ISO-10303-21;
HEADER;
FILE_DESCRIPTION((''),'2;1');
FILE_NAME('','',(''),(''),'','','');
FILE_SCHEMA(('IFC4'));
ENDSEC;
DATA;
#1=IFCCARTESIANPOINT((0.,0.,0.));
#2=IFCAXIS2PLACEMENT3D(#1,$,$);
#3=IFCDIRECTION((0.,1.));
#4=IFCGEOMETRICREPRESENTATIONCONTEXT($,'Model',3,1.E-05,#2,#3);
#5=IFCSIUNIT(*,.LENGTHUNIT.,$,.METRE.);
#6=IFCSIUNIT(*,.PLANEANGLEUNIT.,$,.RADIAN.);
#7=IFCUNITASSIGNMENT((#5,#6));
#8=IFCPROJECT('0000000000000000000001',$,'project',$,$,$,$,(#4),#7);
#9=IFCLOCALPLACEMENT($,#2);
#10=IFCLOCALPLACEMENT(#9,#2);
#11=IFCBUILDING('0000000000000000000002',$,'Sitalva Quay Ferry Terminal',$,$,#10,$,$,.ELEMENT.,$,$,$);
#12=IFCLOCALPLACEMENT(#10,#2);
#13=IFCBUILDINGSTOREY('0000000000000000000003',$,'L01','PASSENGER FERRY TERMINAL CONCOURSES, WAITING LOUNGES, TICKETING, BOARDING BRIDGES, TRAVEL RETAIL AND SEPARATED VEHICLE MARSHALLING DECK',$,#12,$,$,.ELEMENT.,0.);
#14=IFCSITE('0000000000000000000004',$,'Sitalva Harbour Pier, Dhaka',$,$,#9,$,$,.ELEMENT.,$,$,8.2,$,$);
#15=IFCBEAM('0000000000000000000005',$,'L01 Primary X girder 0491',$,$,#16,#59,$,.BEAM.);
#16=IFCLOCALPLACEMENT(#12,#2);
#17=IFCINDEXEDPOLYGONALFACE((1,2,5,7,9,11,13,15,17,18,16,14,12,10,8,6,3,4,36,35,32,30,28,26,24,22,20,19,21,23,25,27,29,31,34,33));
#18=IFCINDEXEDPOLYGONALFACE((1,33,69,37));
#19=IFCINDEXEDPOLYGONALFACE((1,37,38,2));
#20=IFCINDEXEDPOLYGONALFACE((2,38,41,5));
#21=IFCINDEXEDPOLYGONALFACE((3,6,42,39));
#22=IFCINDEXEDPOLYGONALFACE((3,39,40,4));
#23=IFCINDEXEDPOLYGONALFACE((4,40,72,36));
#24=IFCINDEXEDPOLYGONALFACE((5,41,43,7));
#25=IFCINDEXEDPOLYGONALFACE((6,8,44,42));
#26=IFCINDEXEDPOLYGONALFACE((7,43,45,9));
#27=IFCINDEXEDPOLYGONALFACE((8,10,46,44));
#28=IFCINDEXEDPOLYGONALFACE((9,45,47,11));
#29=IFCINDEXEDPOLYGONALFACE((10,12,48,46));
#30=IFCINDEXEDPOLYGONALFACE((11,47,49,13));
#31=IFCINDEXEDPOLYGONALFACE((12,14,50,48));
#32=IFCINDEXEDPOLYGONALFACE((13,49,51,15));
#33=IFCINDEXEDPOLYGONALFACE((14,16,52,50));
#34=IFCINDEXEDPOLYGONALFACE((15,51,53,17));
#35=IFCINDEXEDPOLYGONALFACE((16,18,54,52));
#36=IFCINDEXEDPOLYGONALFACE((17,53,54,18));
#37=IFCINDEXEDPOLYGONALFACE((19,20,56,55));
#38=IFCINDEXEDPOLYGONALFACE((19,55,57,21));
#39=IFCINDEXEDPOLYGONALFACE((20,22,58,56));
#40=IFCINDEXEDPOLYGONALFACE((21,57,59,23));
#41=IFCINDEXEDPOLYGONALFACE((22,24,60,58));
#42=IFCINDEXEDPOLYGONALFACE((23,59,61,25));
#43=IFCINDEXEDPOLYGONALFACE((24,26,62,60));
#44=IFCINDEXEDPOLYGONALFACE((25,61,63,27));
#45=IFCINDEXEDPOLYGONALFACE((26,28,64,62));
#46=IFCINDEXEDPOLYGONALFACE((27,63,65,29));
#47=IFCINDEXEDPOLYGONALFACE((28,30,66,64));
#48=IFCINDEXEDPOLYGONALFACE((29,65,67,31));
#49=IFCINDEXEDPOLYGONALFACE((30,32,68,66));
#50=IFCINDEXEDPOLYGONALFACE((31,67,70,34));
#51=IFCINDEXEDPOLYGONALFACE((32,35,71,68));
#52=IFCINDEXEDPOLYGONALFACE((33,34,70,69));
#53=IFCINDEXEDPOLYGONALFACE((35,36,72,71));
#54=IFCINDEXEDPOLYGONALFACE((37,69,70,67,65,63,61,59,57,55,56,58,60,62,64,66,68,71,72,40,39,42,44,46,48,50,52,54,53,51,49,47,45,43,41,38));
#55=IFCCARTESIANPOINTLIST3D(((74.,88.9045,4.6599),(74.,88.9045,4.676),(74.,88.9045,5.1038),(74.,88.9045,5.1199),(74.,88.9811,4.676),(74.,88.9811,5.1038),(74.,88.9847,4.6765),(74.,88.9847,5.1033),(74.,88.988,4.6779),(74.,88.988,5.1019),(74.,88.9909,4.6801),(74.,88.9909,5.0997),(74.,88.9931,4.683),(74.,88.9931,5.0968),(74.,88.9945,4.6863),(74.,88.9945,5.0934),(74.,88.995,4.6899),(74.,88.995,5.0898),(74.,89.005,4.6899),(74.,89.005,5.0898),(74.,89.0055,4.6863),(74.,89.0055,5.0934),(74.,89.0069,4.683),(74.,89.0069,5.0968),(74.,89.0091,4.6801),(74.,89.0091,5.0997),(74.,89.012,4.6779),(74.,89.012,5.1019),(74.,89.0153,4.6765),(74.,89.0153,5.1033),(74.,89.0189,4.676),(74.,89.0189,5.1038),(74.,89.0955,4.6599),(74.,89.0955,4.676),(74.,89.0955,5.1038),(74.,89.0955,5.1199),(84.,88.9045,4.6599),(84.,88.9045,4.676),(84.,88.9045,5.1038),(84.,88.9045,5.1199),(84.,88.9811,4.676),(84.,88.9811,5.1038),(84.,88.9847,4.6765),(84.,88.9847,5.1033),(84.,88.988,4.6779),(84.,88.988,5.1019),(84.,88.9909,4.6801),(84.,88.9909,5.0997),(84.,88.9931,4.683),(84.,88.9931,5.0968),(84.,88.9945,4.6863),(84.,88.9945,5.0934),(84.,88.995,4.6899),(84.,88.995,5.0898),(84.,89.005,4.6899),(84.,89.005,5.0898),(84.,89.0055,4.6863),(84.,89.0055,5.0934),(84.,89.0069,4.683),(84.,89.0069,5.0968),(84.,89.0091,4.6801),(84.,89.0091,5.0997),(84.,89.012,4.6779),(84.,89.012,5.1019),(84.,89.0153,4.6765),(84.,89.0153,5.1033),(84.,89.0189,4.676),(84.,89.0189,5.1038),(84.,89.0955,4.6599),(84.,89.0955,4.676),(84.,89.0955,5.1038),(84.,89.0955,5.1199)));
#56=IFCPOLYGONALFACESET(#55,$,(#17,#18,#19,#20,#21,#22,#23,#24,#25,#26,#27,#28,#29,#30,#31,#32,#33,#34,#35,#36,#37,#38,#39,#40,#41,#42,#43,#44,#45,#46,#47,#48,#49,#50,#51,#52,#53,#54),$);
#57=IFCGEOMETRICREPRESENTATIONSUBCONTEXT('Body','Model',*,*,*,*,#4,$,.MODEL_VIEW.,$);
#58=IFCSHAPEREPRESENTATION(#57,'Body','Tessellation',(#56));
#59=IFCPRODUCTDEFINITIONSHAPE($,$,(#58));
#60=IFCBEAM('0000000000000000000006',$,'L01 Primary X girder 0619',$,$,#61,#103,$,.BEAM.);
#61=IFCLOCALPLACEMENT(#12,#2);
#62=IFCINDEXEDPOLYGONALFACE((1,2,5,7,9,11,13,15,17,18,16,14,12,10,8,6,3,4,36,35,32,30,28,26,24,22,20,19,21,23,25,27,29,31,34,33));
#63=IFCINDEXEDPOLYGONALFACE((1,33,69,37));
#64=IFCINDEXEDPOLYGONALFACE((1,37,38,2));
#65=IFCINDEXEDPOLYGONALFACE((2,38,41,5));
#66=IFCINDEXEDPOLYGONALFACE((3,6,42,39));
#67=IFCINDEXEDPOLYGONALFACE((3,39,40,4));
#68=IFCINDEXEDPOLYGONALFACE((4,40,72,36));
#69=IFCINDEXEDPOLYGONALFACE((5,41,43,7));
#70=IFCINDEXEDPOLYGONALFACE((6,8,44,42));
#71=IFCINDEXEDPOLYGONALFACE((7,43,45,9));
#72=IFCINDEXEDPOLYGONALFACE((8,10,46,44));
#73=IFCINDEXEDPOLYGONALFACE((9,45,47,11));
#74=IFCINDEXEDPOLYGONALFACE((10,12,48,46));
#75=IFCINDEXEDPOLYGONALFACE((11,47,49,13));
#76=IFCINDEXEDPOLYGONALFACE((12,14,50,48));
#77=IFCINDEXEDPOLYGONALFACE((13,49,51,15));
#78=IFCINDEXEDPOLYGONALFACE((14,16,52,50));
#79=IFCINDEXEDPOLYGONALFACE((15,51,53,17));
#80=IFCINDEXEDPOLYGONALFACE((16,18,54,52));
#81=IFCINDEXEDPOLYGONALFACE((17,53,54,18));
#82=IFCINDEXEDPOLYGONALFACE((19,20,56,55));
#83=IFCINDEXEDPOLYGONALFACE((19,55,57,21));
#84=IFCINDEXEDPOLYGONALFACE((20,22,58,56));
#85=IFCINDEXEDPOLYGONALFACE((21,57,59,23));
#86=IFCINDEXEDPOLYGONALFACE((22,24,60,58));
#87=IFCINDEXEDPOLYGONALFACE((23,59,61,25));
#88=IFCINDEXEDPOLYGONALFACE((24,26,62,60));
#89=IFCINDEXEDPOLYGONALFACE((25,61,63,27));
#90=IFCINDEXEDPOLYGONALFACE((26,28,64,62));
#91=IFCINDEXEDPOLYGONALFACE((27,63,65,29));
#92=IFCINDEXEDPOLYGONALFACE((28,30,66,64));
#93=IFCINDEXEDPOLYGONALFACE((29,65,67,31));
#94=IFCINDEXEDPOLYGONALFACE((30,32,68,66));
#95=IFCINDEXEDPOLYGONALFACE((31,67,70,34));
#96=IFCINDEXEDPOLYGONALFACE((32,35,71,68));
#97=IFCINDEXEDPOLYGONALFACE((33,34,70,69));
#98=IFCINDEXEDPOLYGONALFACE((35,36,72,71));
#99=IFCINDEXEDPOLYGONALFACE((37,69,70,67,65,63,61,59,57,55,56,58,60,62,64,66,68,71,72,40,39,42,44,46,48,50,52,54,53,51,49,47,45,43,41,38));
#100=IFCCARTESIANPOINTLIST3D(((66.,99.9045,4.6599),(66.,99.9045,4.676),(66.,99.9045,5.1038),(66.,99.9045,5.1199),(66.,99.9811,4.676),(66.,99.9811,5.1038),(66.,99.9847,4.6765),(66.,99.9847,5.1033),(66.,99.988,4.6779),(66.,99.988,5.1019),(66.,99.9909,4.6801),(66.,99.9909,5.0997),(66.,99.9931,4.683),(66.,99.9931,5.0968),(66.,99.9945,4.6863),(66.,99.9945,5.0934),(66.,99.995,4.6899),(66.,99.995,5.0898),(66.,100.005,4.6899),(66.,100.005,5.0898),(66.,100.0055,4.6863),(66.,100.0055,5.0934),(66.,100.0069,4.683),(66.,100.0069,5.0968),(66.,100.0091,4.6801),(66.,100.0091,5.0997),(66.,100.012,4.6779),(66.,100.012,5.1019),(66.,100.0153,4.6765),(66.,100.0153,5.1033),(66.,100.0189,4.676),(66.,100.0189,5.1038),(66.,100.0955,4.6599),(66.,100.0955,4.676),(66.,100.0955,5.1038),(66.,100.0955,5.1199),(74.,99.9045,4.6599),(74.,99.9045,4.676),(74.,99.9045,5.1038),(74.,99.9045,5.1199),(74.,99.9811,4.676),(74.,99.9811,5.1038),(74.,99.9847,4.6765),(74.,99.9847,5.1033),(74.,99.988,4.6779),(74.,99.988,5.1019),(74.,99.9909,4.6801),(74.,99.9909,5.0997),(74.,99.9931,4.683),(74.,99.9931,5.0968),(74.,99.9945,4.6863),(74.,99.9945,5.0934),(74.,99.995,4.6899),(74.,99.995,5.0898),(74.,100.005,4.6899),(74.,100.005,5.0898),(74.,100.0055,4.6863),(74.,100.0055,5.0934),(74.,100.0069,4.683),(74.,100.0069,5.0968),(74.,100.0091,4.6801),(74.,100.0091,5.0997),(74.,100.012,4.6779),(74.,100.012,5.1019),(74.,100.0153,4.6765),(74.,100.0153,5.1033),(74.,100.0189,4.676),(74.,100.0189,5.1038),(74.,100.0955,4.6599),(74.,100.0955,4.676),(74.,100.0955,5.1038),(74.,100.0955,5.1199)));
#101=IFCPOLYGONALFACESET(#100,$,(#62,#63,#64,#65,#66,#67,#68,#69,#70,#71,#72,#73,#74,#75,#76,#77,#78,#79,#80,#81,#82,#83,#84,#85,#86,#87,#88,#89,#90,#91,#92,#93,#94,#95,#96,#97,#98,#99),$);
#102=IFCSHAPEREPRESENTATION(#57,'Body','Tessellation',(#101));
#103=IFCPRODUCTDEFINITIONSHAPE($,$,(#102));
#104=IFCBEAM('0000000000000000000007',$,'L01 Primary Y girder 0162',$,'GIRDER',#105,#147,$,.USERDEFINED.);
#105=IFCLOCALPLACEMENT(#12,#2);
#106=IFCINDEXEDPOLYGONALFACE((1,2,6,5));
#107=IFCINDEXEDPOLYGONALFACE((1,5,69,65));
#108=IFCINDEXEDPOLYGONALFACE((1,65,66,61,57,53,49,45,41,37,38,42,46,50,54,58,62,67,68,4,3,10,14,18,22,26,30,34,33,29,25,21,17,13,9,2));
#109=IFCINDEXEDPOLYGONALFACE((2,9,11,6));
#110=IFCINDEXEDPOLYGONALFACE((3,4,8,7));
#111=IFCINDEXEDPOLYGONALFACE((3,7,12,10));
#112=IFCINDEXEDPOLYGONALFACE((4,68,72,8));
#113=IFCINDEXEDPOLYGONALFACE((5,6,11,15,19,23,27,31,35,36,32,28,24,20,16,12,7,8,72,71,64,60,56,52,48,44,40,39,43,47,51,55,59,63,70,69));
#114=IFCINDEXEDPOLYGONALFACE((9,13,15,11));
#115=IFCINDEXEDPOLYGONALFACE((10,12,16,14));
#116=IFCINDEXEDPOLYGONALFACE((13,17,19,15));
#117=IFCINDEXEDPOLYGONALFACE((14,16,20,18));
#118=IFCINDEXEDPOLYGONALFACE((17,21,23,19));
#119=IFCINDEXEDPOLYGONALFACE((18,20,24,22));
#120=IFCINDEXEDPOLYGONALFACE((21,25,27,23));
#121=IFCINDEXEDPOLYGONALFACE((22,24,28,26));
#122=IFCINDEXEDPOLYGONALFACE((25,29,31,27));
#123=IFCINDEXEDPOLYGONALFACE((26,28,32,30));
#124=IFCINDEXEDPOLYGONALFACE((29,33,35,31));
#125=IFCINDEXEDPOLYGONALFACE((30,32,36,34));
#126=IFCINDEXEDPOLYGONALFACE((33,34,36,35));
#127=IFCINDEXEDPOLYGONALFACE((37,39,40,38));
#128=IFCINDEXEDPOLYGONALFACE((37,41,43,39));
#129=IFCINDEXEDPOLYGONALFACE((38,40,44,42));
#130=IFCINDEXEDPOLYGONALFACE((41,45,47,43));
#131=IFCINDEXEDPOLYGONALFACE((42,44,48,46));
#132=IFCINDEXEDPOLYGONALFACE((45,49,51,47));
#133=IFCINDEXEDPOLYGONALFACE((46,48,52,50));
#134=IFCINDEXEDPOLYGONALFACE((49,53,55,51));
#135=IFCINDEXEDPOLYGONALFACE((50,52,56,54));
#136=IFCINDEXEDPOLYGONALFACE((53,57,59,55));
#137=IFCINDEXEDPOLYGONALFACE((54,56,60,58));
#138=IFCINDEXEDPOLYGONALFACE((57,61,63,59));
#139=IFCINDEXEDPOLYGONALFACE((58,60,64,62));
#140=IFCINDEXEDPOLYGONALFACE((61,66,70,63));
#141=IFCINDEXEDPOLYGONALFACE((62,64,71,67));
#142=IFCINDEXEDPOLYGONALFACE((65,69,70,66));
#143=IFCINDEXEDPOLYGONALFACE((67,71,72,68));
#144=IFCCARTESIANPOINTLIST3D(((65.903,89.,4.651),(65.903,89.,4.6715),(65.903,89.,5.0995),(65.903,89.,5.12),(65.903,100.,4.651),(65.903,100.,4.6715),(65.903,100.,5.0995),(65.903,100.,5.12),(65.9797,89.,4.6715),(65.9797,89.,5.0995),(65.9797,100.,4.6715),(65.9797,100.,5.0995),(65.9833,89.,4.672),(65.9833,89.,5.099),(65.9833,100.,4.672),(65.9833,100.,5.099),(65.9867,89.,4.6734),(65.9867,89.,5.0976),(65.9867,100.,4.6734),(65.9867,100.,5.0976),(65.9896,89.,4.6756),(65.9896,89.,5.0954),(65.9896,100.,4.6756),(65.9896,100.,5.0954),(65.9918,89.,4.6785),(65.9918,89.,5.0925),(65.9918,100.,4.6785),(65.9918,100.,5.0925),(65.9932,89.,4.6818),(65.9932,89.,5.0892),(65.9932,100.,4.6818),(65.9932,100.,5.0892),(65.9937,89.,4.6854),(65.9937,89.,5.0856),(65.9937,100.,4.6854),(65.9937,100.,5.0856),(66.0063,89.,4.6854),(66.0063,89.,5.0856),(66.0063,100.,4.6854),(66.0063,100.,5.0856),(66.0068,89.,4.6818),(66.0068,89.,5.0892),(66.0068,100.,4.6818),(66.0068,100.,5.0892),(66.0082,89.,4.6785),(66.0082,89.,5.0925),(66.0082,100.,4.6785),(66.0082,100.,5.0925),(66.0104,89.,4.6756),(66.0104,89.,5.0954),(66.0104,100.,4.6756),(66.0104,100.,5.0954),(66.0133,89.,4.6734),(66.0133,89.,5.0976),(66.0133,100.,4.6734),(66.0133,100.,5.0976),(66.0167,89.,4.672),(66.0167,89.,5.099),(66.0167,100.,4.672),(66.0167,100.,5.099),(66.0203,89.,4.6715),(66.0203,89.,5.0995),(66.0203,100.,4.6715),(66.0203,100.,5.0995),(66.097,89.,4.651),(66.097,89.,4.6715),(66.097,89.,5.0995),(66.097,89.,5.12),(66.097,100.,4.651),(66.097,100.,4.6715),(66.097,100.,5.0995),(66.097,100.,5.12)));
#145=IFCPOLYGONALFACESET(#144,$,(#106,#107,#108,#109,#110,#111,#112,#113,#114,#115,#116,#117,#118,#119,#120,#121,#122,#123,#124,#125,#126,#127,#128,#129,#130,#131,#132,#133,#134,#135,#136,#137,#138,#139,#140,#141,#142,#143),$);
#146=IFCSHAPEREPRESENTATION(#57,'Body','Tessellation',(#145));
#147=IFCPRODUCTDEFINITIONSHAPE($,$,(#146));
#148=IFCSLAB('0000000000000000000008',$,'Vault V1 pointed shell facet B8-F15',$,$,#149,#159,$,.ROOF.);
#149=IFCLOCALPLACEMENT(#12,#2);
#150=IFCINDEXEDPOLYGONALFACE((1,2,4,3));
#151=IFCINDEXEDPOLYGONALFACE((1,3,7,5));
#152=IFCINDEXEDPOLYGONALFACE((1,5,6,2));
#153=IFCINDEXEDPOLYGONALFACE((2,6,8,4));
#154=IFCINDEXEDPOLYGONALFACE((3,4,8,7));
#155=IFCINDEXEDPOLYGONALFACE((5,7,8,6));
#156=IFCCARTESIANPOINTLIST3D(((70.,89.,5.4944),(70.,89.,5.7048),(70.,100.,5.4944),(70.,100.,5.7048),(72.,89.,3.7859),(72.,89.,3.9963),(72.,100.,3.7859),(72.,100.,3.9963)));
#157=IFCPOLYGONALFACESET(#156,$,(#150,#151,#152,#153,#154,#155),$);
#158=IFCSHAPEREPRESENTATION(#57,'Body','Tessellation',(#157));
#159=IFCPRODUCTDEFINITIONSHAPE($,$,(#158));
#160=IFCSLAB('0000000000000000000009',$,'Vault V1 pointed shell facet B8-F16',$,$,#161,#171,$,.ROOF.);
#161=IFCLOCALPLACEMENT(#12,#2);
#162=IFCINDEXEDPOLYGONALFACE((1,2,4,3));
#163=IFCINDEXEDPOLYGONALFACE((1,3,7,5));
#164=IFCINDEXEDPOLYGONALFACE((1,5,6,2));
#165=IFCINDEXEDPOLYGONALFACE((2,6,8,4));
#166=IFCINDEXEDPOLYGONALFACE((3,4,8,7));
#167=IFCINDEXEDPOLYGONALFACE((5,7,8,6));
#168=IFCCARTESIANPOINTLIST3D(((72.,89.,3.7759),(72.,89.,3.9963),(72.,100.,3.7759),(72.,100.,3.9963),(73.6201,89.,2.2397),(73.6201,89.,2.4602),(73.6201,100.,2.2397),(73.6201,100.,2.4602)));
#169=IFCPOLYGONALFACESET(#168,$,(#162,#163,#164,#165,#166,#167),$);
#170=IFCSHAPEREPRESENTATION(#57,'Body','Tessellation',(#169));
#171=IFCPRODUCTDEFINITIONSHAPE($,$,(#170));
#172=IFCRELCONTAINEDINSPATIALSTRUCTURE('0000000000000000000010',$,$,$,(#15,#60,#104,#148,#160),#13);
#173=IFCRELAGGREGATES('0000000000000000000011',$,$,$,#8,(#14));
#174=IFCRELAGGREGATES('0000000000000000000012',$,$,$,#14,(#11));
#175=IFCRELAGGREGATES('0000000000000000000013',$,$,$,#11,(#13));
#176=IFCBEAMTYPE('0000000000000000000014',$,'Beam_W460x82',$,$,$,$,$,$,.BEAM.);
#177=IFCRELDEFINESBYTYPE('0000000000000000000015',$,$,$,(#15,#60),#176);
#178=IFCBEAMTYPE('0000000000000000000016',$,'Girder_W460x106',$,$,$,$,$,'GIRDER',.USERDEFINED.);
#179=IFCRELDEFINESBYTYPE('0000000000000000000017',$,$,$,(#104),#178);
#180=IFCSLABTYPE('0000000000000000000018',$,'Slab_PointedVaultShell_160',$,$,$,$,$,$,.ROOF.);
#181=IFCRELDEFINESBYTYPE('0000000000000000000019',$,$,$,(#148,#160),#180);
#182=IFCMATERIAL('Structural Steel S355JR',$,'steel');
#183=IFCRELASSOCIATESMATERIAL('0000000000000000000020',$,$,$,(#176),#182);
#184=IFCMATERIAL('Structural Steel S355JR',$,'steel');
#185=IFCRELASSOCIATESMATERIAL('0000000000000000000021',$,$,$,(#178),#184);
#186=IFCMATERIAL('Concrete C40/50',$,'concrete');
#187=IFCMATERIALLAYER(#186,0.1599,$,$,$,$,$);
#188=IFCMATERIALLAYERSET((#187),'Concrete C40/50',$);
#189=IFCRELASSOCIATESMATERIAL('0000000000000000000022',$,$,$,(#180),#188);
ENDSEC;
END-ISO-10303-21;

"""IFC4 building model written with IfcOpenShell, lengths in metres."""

from ifc_helpers import new_model, si_unit, direction, frame, origin, origin_2d, place, context, subcontext, project, spatial, polyline, i_section, outline, extrude, material, layer, layer_set, material_profile, profile_set, type_object, element, save


model = new_model("IFC4")

# Units and contexts
model_context = context("Model", 3, precision=1e-05, world=origin(), true_north=direction((0.0, 1.0)))
body_context = subcontext(model_context, "Body", "Model", "MODEL_VIEW")
ifc_project = project(units=[si_unit("LENGTHUNIT", "METRE"), si_unit("PLANEANGLEUNIT", "RADIAN")], contexts=[model_context])

# Site, building, storey
site_placement = place(None, origin())
site = spatial("IfcSite", under=ifc_project, at=site_placement, Name="Sitalva Harbour Pier, Dhaka", CompositionType="ELEMENT", RefElevation=8.2)
building_placement = place(site_placement, origin())
building = spatial("IfcBuilding", under=site, at=building_placement, Name="Sitalva Quay Ferry Terminal", CompositionType="ELEMENT")
storey_placement = place(building_placement, origin())
storey = spatial("IfcBuildingStorey", under=building, at=storey_placement, Name="L01", Description="PASSENGER FERRY TERMINAL CONCOURSES, WAITING LOUNGES, TICKETING, BOARDING BRIDGES, TRAVEL RETAIL AND SEPARATED VEHICLE MARSHALLING DECK", CompositionType="ELEMENT", Elevation=0.0)

# Beams
ifc_material_1 = material(Name="Structural Steel S355JR", Category="steel")
ifc_material_profile_1 = material_profile(ifc_material_1, i_section(OverallWidth=0.1909, OverallDepth=0.46, WebThickness=0.01, FlangeThickness=0.0161, FilletRadius=0.0139, at=origin_2d()), Name="W460x82")
ifc_profile_set_1 = profile_set([ifc_material_profile_1], Name="Structural Steel S355JR")
beam_type_1 = type_object("IfcBeamType", Name="Beam_W460x82", PredefinedType="BEAM", material=ifc_profile_set_1)
beam_1_placement = place(storey_placement, frame((74.0, 89.0, 4.8899), z_axis=(1.0, 0.0, 0.0), x_axis=(0.0, 1.0, 0.0)))
element("IfcBeam", 1, at=beam_1_placement, inside=storey, type_object=beam_type_1, Name="L01 Primary X girder 0491", PredefinedType="BEAM", context=body_context, shape_type="SweptSolid", body=[
    extrude(i_section(OverallWidth=0.1909, OverallDepth=0.46, WebThickness=0.01, FlangeThickness=0.0161, FilletRadius=0.0139, at=origin_2d()), origin(), (0.0, 0.0, 1.0), 10.0),
])
beam_2_placement = place(storey_placement, frame((66.0, 100.0, 4.8899), z_axis=(1.0, 0.0, 0.0), x_axis=(0.0, 1.0, 0.0)))
element("IfcBeam", 2, at=beam_2_placement, inside=storey, type_object=beam_type_1, Name="L01 Primary X girder 0619", PredefinedType="BEAM", context=body_context, shape_type="SweptSolid", body=[
    extrude(i_section(OverallWidth=0.1909, OverallDepth=0.46, WebThickness=0.01, FlangeThickness=0.0161, FilletRadius=0.0139, at=origin_2d()), origin(), (0.0, 0.0, 1.0), 8.0),
])
ifc_material_2 = material(Name="Structural Steel S355JR", Category="steel")
ifc_material_profile_2 = material_profile(ifc_material_2, i_section(OverallWidth=0.1941, OverallDepth=0.469, WebThickness=0.0127, FlangeThickness=0.0205, FilletRadius=0.0139, at=origin_2d()), Name="W460x106")
ifc_profile_set_2 = profile_set([ifc_material_profile_2], Name="Structural Steel S355JR")
beam_type_2 = type_object("IfcBeamType", Name="Girder_W460x106", ElementType="GIRDER", PredefinedType="USERDEFINED", material=ifc_profile_set_2)
beam_3_placement = place(storey_placement, frame((66.0, 89.0, 4.8855), z_axis=(0.0, 1.0, 0.0), x_axis=(-1.0, 0.0, 0.0)))
element("IfcBeam", 3, at=beam_3_placement, inside=storey, type_object=beam_type_2, Name="L01 Primary Y girder 0162", ObjectType="GIRDER", PredefinedType="USERDEFINED", context=body_context, shape_type="SweptSolid", body=[
    extrude(i_section(OverallWidth=0.1941, OverallDepth=0.469, WebThickness=0.0127, FlangeThickness=0.0205, FilletRadius=0.0139, at=origin_2d()), origin(), (0.0, 0.0, 1.0), 11.0),
])

# Slabs
ifc_material_3 = material(Name="Concrete C40/50", Category="concrete")
ifc_layer = layer(ifc_material_3, 0.1599)
ifc_layer_set = layer_set([ifc_layer], Name="Concrete C40/50")
slab_type = type_object("IfcSlabType", Name="Slab_PointedVaultShell_160", PredefinedType="ROOF", material=ifc_layer_set)
slab_1_placement = place(storey_placement, frame((70.0, 89.0, 5.7048), z_axis=(0.649522, 0.0, 0.760343), x_axis=(0.760343, 0.0, -0.649522)))
element("IfcSlab", 4, at=slab_1_placement, inside=storey, type_object=slab_type, Name="Vault V1 pointed shell facet B8-F15", PredefinedType="ROOF", context=body_context, shape_type="SweptSolid", body=[
    extrude(outline(polyline([(0.0, 0.0), (2.6304, 0.0), (2.6304, 11.0), (0.0, 11.0), (0.0, 0.0)])), origin(), (0.649522, 0.0, -0.760343), 0.2104),
])
slab_2_placement = place(storey_placement, frame((72.0, 89.0, 3.9963), z_axis=(0.688048, 0.0, 0.725665), x_axis=(0.725665, 0.0, -0.688048)))
element("IfcSlab", 5, at=slab_2_placement, inside=storey, type_object=slab_type, Name="Vault V1 pointed shell facet B8-F16", PredefinedType="ROOF", context=body_context, shape_type="SweptSolid", body=[
    extrude(outline(polyline([(0.0, 0.0), (2.2326, 0.0), (2.2326, 11.0), (0.0, 11.0), (0.0, 0.0)])), origin(), (0.688048, 0.0, -0.725665), 0.2205),
])

save(model, "model.ifc")
